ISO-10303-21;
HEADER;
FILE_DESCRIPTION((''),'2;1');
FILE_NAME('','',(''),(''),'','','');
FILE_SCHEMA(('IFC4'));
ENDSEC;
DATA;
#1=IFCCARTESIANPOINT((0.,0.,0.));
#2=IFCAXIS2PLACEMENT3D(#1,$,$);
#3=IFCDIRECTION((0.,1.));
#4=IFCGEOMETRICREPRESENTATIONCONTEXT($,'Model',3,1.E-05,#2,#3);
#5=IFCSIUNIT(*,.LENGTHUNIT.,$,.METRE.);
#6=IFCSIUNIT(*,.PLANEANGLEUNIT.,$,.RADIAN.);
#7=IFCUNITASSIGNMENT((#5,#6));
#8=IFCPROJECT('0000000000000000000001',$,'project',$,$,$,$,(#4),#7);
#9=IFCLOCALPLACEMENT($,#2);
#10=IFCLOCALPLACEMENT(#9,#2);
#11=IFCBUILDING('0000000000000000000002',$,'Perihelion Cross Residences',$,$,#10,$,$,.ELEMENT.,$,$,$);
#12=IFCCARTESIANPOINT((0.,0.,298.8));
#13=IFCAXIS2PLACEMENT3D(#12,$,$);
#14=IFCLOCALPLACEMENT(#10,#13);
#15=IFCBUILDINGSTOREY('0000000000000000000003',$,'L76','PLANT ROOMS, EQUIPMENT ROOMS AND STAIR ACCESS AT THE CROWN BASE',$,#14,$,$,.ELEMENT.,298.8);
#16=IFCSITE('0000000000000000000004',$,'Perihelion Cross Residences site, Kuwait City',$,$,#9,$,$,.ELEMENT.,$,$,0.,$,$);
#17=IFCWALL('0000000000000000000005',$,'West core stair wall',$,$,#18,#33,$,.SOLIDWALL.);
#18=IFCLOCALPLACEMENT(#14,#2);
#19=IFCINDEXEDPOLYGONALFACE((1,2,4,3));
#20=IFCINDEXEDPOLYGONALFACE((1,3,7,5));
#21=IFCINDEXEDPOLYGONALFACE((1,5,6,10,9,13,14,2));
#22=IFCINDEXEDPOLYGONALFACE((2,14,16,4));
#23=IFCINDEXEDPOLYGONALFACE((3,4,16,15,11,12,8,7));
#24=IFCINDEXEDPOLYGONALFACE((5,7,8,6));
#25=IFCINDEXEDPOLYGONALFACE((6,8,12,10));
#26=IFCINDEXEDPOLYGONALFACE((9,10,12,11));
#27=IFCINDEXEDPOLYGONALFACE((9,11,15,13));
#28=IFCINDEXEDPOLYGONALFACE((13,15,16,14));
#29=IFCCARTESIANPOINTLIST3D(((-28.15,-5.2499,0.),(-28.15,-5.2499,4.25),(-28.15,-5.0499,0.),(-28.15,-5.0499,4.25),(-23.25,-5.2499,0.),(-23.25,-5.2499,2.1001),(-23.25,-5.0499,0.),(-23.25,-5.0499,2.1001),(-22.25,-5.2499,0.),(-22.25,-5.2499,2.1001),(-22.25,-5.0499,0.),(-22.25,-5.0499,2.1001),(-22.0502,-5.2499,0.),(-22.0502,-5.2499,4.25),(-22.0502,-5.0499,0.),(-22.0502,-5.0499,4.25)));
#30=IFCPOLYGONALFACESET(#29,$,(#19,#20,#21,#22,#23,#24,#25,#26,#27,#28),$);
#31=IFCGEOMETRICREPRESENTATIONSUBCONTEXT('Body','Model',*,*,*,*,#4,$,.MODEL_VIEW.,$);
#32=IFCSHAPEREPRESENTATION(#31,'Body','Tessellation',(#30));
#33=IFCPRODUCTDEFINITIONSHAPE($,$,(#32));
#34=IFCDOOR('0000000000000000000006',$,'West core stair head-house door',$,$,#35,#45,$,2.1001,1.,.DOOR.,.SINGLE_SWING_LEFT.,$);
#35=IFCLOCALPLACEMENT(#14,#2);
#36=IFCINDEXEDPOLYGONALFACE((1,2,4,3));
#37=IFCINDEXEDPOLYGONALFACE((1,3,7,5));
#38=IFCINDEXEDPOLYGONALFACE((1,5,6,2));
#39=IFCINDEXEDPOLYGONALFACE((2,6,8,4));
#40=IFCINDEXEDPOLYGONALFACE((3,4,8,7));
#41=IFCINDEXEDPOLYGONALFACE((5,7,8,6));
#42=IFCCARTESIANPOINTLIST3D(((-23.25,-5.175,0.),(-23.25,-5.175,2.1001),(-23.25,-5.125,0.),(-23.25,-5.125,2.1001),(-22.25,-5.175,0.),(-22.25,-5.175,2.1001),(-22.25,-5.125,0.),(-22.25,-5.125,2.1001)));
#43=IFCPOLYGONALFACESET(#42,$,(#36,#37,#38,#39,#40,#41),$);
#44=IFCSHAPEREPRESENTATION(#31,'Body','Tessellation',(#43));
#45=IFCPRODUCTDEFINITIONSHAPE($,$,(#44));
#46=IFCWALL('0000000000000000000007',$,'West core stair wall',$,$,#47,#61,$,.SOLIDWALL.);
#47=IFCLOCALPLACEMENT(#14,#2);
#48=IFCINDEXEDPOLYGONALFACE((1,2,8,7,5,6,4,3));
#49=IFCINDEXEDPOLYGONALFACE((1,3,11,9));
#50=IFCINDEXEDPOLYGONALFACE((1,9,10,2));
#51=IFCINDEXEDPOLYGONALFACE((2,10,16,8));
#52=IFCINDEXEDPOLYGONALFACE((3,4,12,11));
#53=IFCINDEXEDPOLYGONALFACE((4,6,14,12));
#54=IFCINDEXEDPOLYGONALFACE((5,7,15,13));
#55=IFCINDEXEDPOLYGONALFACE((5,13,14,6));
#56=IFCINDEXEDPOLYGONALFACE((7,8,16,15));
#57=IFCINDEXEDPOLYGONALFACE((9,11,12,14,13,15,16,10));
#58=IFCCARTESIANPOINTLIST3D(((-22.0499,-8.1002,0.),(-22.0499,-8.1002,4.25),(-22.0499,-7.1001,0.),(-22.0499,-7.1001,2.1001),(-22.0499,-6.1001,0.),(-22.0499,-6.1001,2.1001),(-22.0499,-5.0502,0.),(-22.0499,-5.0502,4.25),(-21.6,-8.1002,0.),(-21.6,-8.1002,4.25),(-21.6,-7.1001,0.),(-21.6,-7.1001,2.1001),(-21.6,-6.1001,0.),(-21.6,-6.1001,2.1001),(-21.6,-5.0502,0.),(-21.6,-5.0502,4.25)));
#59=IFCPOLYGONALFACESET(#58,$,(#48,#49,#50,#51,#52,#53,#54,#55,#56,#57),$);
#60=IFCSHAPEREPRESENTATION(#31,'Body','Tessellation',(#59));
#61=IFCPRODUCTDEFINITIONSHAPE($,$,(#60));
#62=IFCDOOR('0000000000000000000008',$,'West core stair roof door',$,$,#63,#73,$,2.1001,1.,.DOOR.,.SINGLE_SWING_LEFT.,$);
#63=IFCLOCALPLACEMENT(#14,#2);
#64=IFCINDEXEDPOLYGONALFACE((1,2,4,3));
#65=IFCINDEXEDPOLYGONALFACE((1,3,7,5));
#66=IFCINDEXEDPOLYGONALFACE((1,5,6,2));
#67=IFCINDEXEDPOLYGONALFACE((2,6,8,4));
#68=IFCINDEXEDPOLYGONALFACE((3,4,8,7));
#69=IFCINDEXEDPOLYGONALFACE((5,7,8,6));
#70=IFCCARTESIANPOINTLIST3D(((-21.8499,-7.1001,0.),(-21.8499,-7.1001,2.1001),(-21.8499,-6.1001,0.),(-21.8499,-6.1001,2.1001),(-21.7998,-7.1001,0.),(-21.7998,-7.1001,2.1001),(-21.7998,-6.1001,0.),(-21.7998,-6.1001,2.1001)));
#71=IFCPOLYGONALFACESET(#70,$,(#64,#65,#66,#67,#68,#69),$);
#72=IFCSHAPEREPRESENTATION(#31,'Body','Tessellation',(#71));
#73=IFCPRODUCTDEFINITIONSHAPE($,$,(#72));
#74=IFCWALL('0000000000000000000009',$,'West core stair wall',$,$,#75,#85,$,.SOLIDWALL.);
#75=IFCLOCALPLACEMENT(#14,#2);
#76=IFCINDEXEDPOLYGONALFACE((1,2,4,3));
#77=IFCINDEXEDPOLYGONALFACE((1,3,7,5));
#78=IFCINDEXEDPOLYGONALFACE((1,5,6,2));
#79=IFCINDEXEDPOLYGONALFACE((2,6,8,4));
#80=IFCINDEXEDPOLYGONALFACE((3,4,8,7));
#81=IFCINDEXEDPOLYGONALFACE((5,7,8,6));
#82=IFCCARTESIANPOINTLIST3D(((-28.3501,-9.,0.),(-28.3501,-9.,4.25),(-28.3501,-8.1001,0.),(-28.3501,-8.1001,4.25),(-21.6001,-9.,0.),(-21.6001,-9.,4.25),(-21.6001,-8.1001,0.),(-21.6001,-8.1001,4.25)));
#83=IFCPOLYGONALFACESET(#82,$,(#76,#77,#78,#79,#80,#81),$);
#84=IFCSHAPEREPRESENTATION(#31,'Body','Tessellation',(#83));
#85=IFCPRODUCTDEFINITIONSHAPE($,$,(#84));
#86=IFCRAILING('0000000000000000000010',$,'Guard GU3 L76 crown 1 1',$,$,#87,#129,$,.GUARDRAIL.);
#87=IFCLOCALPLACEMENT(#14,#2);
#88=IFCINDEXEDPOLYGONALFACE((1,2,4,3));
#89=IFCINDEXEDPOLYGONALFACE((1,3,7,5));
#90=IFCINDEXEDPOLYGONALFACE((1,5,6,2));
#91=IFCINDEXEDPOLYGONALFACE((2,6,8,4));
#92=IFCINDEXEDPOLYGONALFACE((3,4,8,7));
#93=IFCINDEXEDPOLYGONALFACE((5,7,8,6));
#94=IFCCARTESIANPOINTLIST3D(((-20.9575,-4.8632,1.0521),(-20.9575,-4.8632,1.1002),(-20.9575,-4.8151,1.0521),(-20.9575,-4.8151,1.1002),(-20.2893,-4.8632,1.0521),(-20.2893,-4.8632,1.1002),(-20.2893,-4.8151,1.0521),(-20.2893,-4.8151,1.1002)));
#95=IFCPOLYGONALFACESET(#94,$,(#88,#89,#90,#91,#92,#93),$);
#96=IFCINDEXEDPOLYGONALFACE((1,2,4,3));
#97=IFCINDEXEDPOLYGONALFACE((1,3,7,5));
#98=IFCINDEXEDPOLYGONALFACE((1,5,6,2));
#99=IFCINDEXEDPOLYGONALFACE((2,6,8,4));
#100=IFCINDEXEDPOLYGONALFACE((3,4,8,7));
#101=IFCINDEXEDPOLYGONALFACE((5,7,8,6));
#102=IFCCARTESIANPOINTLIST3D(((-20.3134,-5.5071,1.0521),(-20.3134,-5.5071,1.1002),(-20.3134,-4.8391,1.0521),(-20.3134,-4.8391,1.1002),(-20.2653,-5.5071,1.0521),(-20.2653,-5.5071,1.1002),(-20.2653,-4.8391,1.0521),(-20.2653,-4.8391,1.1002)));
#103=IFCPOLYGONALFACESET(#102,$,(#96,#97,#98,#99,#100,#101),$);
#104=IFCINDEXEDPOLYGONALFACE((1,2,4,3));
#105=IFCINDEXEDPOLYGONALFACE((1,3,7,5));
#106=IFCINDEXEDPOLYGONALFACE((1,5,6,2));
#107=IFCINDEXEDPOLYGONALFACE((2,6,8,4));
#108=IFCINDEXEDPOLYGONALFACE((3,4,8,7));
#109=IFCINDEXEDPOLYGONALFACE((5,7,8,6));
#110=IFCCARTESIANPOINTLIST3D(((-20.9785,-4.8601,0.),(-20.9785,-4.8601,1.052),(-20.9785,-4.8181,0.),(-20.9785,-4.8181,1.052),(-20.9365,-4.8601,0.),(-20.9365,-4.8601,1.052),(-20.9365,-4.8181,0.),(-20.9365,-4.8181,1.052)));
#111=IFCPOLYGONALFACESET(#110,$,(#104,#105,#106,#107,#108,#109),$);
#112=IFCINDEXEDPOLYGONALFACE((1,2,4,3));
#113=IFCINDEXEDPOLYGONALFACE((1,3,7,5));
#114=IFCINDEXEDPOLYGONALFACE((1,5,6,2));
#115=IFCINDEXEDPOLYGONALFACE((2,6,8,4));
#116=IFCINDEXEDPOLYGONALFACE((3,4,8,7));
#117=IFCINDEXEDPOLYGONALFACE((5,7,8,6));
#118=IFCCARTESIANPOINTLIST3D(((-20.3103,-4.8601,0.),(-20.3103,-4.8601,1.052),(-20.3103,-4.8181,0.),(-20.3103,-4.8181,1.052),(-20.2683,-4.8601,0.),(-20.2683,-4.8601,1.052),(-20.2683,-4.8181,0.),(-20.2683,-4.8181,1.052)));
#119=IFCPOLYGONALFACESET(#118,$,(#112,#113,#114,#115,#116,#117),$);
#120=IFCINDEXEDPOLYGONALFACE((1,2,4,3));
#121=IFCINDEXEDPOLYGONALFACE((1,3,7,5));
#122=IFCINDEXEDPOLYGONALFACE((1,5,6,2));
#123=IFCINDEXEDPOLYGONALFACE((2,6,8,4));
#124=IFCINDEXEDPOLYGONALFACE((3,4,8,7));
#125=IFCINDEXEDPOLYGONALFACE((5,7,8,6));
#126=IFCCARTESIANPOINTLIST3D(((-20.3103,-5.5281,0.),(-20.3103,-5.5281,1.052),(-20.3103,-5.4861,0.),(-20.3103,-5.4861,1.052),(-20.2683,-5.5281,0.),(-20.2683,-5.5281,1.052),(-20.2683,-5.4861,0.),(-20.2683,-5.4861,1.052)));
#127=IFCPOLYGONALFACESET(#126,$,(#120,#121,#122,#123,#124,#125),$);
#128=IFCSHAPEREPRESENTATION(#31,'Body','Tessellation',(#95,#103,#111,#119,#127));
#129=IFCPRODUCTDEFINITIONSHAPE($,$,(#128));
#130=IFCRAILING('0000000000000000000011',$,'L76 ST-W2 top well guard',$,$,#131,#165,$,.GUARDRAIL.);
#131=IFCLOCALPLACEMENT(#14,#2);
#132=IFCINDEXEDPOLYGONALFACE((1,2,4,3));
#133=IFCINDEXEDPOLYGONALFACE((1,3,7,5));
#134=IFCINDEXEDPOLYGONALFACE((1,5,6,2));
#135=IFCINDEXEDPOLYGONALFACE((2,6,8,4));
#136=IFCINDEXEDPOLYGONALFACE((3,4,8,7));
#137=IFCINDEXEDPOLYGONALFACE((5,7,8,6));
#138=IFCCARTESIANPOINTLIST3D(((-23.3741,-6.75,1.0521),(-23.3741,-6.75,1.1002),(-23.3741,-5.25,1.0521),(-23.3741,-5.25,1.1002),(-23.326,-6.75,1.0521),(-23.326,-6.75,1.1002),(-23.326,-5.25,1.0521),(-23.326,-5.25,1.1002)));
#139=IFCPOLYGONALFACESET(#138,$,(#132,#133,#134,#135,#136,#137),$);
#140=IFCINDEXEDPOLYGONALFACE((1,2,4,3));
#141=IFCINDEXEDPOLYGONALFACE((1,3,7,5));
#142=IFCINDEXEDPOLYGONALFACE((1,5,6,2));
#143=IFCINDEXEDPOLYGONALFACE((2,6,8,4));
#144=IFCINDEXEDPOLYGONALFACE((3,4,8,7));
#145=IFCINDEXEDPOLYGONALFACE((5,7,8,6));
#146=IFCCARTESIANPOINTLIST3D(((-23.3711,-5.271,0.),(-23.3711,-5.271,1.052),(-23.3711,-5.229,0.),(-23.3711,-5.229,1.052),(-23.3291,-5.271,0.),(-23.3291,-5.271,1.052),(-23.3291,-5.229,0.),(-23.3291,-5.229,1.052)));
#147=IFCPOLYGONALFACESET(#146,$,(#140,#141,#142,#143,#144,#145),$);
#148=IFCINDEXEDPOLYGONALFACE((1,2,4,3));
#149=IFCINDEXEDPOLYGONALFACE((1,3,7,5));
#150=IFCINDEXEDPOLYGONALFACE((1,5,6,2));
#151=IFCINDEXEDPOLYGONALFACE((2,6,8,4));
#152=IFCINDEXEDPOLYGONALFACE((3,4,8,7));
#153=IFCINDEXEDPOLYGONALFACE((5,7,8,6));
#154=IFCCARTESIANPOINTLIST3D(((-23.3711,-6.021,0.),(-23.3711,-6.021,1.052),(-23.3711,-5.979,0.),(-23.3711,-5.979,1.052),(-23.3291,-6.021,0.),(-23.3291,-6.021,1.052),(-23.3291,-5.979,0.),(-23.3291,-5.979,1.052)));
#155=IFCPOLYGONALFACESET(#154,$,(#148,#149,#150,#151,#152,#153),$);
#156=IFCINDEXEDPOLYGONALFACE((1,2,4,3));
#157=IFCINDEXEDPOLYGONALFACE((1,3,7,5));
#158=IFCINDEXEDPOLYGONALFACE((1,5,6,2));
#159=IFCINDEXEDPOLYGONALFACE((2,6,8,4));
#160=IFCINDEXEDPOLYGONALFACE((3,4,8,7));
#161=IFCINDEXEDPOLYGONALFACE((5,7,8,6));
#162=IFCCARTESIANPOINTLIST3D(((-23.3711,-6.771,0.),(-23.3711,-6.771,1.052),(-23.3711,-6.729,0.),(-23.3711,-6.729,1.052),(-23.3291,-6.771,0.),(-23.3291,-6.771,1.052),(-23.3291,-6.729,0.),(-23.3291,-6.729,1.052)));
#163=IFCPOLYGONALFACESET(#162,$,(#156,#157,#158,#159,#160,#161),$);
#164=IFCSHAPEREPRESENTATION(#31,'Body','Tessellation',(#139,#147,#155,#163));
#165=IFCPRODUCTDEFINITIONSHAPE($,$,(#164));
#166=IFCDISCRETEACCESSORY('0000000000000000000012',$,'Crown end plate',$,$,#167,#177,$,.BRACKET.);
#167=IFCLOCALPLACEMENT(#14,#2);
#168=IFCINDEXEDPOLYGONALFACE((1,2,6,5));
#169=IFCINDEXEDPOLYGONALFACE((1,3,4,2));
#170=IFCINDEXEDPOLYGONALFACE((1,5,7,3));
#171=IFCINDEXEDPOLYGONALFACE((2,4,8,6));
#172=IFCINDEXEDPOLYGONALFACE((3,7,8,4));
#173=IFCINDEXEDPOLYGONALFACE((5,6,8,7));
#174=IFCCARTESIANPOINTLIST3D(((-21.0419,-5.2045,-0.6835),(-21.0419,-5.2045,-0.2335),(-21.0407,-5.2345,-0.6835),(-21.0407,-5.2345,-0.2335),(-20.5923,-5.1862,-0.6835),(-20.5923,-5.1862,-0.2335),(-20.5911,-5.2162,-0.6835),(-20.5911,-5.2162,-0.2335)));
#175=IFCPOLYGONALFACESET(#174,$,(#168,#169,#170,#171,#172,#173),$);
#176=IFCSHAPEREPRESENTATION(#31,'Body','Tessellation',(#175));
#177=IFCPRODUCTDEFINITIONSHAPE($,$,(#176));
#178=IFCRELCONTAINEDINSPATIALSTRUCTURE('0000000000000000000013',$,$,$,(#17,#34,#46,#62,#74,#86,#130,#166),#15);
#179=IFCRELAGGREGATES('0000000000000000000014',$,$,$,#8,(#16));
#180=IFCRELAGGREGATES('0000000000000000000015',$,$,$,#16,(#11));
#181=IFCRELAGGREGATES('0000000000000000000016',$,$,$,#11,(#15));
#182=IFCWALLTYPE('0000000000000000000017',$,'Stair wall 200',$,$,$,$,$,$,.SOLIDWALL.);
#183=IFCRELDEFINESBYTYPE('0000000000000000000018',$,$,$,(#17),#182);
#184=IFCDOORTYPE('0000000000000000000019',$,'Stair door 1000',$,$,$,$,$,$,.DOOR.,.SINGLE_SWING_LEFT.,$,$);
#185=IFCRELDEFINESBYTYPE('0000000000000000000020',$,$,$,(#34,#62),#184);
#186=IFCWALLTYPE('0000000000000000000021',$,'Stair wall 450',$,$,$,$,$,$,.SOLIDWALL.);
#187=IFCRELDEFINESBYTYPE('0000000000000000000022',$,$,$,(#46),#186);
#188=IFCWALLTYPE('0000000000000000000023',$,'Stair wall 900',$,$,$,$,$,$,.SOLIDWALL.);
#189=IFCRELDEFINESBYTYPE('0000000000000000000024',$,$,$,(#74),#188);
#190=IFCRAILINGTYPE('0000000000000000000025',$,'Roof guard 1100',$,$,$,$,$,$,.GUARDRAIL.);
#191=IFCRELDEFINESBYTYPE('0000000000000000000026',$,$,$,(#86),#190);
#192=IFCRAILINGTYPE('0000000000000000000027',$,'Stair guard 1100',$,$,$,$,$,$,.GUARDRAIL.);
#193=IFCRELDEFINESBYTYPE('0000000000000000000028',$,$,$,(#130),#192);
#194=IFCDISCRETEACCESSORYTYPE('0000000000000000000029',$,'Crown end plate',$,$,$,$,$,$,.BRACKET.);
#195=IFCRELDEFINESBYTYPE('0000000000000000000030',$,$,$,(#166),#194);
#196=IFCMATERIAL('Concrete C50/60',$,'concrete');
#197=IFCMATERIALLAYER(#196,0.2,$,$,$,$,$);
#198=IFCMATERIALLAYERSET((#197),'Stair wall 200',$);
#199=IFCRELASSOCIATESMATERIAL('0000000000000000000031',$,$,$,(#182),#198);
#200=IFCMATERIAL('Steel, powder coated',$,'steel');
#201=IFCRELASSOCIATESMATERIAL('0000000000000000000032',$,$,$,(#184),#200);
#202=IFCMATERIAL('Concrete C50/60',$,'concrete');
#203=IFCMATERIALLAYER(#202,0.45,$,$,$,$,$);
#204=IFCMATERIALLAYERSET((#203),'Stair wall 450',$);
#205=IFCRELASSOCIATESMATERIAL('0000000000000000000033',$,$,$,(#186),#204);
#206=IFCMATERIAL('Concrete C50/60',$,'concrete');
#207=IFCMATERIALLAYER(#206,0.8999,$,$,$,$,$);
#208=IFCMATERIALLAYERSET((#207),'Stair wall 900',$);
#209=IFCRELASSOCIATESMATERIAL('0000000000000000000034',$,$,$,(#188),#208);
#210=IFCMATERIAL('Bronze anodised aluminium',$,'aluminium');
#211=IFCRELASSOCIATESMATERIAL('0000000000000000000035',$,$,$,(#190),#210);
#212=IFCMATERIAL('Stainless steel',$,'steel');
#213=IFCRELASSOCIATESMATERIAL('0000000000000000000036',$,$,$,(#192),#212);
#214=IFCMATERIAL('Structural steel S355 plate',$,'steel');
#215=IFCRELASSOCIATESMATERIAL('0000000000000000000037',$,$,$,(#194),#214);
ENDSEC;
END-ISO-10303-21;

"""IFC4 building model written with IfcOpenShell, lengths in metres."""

from ifc_helpers import new_model, si_unit, direction, frame, frame_2d, origin, origin_2d, place, context, subcontext, project, spatial, rectangle, extrude, material, layer, layer_set, material_profile, profile_set, type_object, element, fill, save


model = new_model("IFC4")

# Units and contexts
model_context = context("Model", 3, precision=1e-05, world=origin(), true_north=direction((0.0, 1.0)))
body_context = subcontext(model_context, "Body", "Model", "MODEL_VIEW")
ifc_project = project(units=[si_unit("LENGTHUNIT", "METRE"), si_unit("PLANEANGLEUNIT", "RADIAN")], contexts=[model_context])

# Site, building, storey
site_placement = place(None, origin())
site = spatial("IfcSite", under=ifc_project, at=site_placement, Name="Perihelion Cross Residences site, Kuwait City", CompositionType="ELEMENT", RefElevation=0.0)
building_placement = place(site_placement, origin())
building = spatial("IfcBuilding", under=site, at=building_placement, Name="Perihelion Cross Residences", CompositionType="ELEMENT")
storey_placement = place(building_placement, frame((0.0, 0.0, 298.8)))
storey = spatial("IfcBuildingStorey", under=building, at=storey_placement, Name="L76", Description="PLANT ROOMS, EQUIPMENT ROOMS AND STAIR ACCESS AT THE CROWN BASE", CompositionType="ELEMENT", Elevation=298.8)

# Shared definitions
ifc_material_1 = material(Name="Concrete C50/60", Category="concrete")
ifc_layer_1 = layer(ifc_material_1, 0.2)
ifc_layer_set_1 = layer_set([ifc_layer_1], Name="Stair wall 200")
wall_type_1 = type_object("IfcWallType", Name="Stair wall 200", PredefinedType="SOLIDWALL", material=ifc_layer_set_1)

# Walls, openings, doors
wall_1_placement = place(storey_placement, frame((-28.1499, -5.1499, 0.0), z_axis=(0.0, 0.0, 1.0), x_axis=(1.0, 0.0, 0.0)))
wall_1 = element("IfcWall", 1, at=wall_1_placement, inside=storey, type_object=wall_type_1, Name="West core stair wall", PredefinedType="SOLIDWALL", context=body_context, shape_type="SweptSolid", body=[
    extrude(rectangle(XDim=6.0999, YDim=0.2, at=frame_2d((3.0498, 0.0))), origin(), (0.0, 0.0, 1.0), 4.25),
])
opening_1_placement = place(wall_1_placement, frame((4.8999, 0.0, 0.0)))
opening_1 = element("IfcOpeningElement", 2, at=opening_1_placement, cuts=wall_1, PredefinedType="OPENING", context=body_context, shape_type="SweptSolid", body=[
    extrude(rectangle(XDim=1.0, YDim=2.1001, at=frame_2d((0.5, 1.05))), frame((0.0, 0.1099, 0.0), z_axis=(0.0, -1.0, 0.0), x_axis=(1.0, 0.0, 0.0)), (0.0, 0.0, 1.0), 0.22),
])
ifc_material_2 = material(Name="Steel, powder coated", Category="steel")
door_type_1 = type_object("IfcDoorType", Name="Stair door 1000", OperationType="SINGLE_SWING_LEFT", PredefinedType="DOOR", material=ifc_material_2)
door_1_placement = place(opening_1_placement, origin())
door_1 = element("IfcDoor", 3, at=door_1_placement, inside=storey, type_object=door_type_1, Name="West core stair head-house door", OperationType="SINGLE_SWING_LEFT", OverallHeight=2.1001, OverallWidth=1.0, PredefinedType="DOOR", context=body_context, shape_type="SweptSolid", body=[
    extrude(rectangle(XDim=1.0, YDim=2.1001, at=frame_2d((0.5, 1.05))), frame((0.0, 0.0249, 0.0), z_axis=(0.0, -1.0, 0.0), x_axis=(1.0, 0.0, 0.0)), (0.0, 0.0, 1.0), 0.05),
])
fill(opening_1, door_1)
ifc_material_3 = material(Name="Concrete C50/60", Category="concrete")
ifc_layer_2 = layer(ifc_material_3, 0.45)
ifc_layer_set_2 = layer_set([ifc_layer_2], Name="Stair wall 450")
wall_type_2 = type_object("IfcWallType", Name="Stair wall 450", PredefinedType="SOLIDWALL", material=ifc_layer_set_2)
wall_2_placement = place(storey_placement, frame((-21.825, -8.1001, 0.0), z_axis=(0.0, 0.0, 1.0), x_axis=(0.0, 1.0, 0.0)))
wall_2 = element("IfcWall", 4, at=wall_2_placement, inside=storey, type_object=wall_type_2, Name="West core stair wall", PredefinedType="SOLIDWALL", context=body_context, shape_type="SweptSolid", body=[
    extrude(rectangle(XDim=3.05, YDim=0.45, at=frame_2d((1.5249, 0.0))), origin(), (0.0, 0.0, 1.0), 4.25),
])
opening_2_placement = place(wall_2_placement, frame((1.0, 0.0, 0.0)))
opening_2 = element("IfcOpeningElement", 5, at=opening_2_placement, cuts=wall_2, PredefinedType="OPENING", context=body_context, shape_type="SweptSolid", body=[
    extrude(rectangle(XDim=1.0, YDim=2.1001, at=frame_2d((0.5, 1.05))), frame((0.0, 0.2349, 0.0), z_axis=(0.0, -1.0, 0.0), x_axis=(1.0, 0.0, 0.0)), (0.0, 0.0, 1.0), 0.47),
])
door_2_placement = place(opening_2_placement, origin())
door_2 = element("IfcDoor", 6, at=door_2_placement, inside=storey, type_object=door_type_1, Name="West core stair roof door", OperationType="SINGLE_SWING_LEFT", OverallHeight=2.1001, OverallWidth=1.0, PredefinedType="DOOR", context=body_context, shape_type="SweptSolid", body=[
    extrude(rectangle(XDim=1.0, YDim=2.1001, at=frame_2d((0.5, 1.05))), frame((0.0, 0.0249, 0.0), z_axis=(0.0, -1.0, 0.0), x_axis=(1.0, 0.0, 0.0)), (0.0, 0.0, 1.0), 0.05),
])
fill(opening_2, door_2)

# Wall
ifc_material_4 = material(Name="Concrete C50/60", Category="concrete")
ifc_layer_3 = layer(ifc_material_4, 0.8999)
ifc_layer_set_3 = layer_set([ifc_layer_3], Name="Stair wall 900")
wall_type_3 = type_object("IfcWallType", Name="Stair wall 900", PredefinedType="SOLIDWALL", material=ifc_layer_set_3)
wall_3_placement = place(storey_placement, frame((-28.3501, -8.55, 0.0), z_axis=(0.0, 0.0, 1.0), x_axis=(1.0, 0.0, 0.0)))
element("IfcWall", 7, at=wall_3_placement, inside=storey, type_object=wall_type_3, Name="West core stair wall", PredefinedType="SOLIDWALL", context=body_context, shape_type="SweptSolid", body=[
    extrude(rectangle(XDim=6.75, YDim=0.8999, at=frame_2d((3.375, 0.0))), origin(), (0.0, 0.0, 1.0), 4.25),
])

# Railings
ifc_material_5 = material(Name="Bronze anodised aluminium", Category="aluminium")
railing_type_1 = type_object("IfcRailingType", Name="Roof guard 1100", PredefinedType="GUARDRAIL", material=ifc_material_5)
railing_1_placement = place(storey_placement, frame((-20.9575, -4.8391, 0.0)))
element("IfcRailing", 8, at=railing_1_placement, inside=storey, type_object=railing_type_1, Name="Guard GU3 L76 crown 1 1", PredefinedType="GUARDRAIL", context=body_context, shape_type="SweptSolid", body=[
    extrude(rectangle(XDim=0.0481, YDim=0.0481, at=origin_2d()), frame((0.0, 0.0, 1.0762), z_axis=(1.0, 0.0, 0.0), x_axis=(0.0, 1.0, 0.0)), (0.0, 0.0, 1.0), 0.6682),
    extrude(rectangle(XDim=0.0481, YDim=0.0481, at=origin_2d()), frame((0.6682, 0.0, 1.0762), z_axis=(0.0, -1.0, 0.0), x_axis=(1.0, 0.0, 0.0)), (0.0, 0.0, 1.0), 0.668),
    extrude(rectangle(XDim=0.042, YDim=0.042, at=origin_2d()), origin(), (0.0, 0.0, 1.0), 1.052),
    extrude(rectangle(XDim=0.042, YDim=0.042, at=origin_2d()), frame((0.6682, 0.0, 0.0)), (0.0, 0.0, 1.0), 1.052),
    extrude(rectangle(XDim=0.042, YDim=0.042, at=origin_2d()), frame((0.6682, -0.668, 0.0)), (0.0, 0.0, 1.0), 1.052),
])
ifc_material_6 = material(Name="Stainless steel", Category="steel")
railing_type_2 = type_object("IfcRailingType", Name="Stair guard 1100", PredefinedType="GUARDRAIL", material=ifc_material_6)
railing_2_placement = place(storey_placement, frame((-23.3501, -5.25, 0.0)))
element("IfcRailing", 9, at=railing_2_placement, inside=storey, type_object=railing_type_2, Name="L76 ST-W2 top well guard", PredefinedType="GUARDRAIL", context=body_context, shape_type="SweptSolid", body=[
    extrude(rectangle(XDim=0.0481, YDim=0.0481, at=origin_2d()), frame((0.0, 0.0, 1.0762), z_axis=(0.0, -1.0, 0.0), x_axis=(1.0, 0.0, 0.0)), (0.0, 0.0, 1.0), 1.5),
    extrude(rectangle(XDim=0.042, YDim=0.042, at=origin_2d()), origin(), (0.0, 0.0, 1.0), 1.052),
    extrude(rectangle(XDim=0.042, YDim=0.042, at=origin_2d()), frame((0.0, -0.75, 0.0)), (0.0, 0.0, 1.0), 1.052),
    extrude(rectangle(XDim=0.042, YDim=0.042, at=origin_2d()), frame((0.0, -1.5, 0.0)), (0.0, 0.0, 1.0), 1.052),
])

# Discrete accessory
ifc_material_7 = material(Name="Structural steel S355 plate", Category="steel")
ifc_material_profile_1 = material_profile(ifc_material_7, rectangle(XDim=0.45, YDim=0.45, at=origin_2d()), Name="Crown end plate")
ifc_profile_set_1 = profile_set([ifc_material_profile_1], Name="Structural steel S355 plate")
discrete_accessory_type_1 = type_object("IfcDiscreteAccessoryType", Name="Crown end plate", PredefinedType="BRACKET", material=ifc_profile_set_1)
discrete_accessory_placement = place(storey_placement, frame((-20.8171, -5.1953, -0.4585), z_axis=(0.040617, -0.999175, 0.0), x_axis=(0.999175, 0.040617, 0.0)))
element("IfcDiscreteAccessory", 10, at=discrete_accessory_placement, inside=storey, type_object=discrete_accessory_type_1, Name="Crown end plate", PredefinedType="BRACKET", context=body_context, shape_type="SweptSolid", body=[
    extrude(rectangle(XDim=0.45, YDim=0.45, at=origin_2d()), origin(), (0.0, 0.0, 1.0), 0.03),
])

save(model, "model.ifc")
